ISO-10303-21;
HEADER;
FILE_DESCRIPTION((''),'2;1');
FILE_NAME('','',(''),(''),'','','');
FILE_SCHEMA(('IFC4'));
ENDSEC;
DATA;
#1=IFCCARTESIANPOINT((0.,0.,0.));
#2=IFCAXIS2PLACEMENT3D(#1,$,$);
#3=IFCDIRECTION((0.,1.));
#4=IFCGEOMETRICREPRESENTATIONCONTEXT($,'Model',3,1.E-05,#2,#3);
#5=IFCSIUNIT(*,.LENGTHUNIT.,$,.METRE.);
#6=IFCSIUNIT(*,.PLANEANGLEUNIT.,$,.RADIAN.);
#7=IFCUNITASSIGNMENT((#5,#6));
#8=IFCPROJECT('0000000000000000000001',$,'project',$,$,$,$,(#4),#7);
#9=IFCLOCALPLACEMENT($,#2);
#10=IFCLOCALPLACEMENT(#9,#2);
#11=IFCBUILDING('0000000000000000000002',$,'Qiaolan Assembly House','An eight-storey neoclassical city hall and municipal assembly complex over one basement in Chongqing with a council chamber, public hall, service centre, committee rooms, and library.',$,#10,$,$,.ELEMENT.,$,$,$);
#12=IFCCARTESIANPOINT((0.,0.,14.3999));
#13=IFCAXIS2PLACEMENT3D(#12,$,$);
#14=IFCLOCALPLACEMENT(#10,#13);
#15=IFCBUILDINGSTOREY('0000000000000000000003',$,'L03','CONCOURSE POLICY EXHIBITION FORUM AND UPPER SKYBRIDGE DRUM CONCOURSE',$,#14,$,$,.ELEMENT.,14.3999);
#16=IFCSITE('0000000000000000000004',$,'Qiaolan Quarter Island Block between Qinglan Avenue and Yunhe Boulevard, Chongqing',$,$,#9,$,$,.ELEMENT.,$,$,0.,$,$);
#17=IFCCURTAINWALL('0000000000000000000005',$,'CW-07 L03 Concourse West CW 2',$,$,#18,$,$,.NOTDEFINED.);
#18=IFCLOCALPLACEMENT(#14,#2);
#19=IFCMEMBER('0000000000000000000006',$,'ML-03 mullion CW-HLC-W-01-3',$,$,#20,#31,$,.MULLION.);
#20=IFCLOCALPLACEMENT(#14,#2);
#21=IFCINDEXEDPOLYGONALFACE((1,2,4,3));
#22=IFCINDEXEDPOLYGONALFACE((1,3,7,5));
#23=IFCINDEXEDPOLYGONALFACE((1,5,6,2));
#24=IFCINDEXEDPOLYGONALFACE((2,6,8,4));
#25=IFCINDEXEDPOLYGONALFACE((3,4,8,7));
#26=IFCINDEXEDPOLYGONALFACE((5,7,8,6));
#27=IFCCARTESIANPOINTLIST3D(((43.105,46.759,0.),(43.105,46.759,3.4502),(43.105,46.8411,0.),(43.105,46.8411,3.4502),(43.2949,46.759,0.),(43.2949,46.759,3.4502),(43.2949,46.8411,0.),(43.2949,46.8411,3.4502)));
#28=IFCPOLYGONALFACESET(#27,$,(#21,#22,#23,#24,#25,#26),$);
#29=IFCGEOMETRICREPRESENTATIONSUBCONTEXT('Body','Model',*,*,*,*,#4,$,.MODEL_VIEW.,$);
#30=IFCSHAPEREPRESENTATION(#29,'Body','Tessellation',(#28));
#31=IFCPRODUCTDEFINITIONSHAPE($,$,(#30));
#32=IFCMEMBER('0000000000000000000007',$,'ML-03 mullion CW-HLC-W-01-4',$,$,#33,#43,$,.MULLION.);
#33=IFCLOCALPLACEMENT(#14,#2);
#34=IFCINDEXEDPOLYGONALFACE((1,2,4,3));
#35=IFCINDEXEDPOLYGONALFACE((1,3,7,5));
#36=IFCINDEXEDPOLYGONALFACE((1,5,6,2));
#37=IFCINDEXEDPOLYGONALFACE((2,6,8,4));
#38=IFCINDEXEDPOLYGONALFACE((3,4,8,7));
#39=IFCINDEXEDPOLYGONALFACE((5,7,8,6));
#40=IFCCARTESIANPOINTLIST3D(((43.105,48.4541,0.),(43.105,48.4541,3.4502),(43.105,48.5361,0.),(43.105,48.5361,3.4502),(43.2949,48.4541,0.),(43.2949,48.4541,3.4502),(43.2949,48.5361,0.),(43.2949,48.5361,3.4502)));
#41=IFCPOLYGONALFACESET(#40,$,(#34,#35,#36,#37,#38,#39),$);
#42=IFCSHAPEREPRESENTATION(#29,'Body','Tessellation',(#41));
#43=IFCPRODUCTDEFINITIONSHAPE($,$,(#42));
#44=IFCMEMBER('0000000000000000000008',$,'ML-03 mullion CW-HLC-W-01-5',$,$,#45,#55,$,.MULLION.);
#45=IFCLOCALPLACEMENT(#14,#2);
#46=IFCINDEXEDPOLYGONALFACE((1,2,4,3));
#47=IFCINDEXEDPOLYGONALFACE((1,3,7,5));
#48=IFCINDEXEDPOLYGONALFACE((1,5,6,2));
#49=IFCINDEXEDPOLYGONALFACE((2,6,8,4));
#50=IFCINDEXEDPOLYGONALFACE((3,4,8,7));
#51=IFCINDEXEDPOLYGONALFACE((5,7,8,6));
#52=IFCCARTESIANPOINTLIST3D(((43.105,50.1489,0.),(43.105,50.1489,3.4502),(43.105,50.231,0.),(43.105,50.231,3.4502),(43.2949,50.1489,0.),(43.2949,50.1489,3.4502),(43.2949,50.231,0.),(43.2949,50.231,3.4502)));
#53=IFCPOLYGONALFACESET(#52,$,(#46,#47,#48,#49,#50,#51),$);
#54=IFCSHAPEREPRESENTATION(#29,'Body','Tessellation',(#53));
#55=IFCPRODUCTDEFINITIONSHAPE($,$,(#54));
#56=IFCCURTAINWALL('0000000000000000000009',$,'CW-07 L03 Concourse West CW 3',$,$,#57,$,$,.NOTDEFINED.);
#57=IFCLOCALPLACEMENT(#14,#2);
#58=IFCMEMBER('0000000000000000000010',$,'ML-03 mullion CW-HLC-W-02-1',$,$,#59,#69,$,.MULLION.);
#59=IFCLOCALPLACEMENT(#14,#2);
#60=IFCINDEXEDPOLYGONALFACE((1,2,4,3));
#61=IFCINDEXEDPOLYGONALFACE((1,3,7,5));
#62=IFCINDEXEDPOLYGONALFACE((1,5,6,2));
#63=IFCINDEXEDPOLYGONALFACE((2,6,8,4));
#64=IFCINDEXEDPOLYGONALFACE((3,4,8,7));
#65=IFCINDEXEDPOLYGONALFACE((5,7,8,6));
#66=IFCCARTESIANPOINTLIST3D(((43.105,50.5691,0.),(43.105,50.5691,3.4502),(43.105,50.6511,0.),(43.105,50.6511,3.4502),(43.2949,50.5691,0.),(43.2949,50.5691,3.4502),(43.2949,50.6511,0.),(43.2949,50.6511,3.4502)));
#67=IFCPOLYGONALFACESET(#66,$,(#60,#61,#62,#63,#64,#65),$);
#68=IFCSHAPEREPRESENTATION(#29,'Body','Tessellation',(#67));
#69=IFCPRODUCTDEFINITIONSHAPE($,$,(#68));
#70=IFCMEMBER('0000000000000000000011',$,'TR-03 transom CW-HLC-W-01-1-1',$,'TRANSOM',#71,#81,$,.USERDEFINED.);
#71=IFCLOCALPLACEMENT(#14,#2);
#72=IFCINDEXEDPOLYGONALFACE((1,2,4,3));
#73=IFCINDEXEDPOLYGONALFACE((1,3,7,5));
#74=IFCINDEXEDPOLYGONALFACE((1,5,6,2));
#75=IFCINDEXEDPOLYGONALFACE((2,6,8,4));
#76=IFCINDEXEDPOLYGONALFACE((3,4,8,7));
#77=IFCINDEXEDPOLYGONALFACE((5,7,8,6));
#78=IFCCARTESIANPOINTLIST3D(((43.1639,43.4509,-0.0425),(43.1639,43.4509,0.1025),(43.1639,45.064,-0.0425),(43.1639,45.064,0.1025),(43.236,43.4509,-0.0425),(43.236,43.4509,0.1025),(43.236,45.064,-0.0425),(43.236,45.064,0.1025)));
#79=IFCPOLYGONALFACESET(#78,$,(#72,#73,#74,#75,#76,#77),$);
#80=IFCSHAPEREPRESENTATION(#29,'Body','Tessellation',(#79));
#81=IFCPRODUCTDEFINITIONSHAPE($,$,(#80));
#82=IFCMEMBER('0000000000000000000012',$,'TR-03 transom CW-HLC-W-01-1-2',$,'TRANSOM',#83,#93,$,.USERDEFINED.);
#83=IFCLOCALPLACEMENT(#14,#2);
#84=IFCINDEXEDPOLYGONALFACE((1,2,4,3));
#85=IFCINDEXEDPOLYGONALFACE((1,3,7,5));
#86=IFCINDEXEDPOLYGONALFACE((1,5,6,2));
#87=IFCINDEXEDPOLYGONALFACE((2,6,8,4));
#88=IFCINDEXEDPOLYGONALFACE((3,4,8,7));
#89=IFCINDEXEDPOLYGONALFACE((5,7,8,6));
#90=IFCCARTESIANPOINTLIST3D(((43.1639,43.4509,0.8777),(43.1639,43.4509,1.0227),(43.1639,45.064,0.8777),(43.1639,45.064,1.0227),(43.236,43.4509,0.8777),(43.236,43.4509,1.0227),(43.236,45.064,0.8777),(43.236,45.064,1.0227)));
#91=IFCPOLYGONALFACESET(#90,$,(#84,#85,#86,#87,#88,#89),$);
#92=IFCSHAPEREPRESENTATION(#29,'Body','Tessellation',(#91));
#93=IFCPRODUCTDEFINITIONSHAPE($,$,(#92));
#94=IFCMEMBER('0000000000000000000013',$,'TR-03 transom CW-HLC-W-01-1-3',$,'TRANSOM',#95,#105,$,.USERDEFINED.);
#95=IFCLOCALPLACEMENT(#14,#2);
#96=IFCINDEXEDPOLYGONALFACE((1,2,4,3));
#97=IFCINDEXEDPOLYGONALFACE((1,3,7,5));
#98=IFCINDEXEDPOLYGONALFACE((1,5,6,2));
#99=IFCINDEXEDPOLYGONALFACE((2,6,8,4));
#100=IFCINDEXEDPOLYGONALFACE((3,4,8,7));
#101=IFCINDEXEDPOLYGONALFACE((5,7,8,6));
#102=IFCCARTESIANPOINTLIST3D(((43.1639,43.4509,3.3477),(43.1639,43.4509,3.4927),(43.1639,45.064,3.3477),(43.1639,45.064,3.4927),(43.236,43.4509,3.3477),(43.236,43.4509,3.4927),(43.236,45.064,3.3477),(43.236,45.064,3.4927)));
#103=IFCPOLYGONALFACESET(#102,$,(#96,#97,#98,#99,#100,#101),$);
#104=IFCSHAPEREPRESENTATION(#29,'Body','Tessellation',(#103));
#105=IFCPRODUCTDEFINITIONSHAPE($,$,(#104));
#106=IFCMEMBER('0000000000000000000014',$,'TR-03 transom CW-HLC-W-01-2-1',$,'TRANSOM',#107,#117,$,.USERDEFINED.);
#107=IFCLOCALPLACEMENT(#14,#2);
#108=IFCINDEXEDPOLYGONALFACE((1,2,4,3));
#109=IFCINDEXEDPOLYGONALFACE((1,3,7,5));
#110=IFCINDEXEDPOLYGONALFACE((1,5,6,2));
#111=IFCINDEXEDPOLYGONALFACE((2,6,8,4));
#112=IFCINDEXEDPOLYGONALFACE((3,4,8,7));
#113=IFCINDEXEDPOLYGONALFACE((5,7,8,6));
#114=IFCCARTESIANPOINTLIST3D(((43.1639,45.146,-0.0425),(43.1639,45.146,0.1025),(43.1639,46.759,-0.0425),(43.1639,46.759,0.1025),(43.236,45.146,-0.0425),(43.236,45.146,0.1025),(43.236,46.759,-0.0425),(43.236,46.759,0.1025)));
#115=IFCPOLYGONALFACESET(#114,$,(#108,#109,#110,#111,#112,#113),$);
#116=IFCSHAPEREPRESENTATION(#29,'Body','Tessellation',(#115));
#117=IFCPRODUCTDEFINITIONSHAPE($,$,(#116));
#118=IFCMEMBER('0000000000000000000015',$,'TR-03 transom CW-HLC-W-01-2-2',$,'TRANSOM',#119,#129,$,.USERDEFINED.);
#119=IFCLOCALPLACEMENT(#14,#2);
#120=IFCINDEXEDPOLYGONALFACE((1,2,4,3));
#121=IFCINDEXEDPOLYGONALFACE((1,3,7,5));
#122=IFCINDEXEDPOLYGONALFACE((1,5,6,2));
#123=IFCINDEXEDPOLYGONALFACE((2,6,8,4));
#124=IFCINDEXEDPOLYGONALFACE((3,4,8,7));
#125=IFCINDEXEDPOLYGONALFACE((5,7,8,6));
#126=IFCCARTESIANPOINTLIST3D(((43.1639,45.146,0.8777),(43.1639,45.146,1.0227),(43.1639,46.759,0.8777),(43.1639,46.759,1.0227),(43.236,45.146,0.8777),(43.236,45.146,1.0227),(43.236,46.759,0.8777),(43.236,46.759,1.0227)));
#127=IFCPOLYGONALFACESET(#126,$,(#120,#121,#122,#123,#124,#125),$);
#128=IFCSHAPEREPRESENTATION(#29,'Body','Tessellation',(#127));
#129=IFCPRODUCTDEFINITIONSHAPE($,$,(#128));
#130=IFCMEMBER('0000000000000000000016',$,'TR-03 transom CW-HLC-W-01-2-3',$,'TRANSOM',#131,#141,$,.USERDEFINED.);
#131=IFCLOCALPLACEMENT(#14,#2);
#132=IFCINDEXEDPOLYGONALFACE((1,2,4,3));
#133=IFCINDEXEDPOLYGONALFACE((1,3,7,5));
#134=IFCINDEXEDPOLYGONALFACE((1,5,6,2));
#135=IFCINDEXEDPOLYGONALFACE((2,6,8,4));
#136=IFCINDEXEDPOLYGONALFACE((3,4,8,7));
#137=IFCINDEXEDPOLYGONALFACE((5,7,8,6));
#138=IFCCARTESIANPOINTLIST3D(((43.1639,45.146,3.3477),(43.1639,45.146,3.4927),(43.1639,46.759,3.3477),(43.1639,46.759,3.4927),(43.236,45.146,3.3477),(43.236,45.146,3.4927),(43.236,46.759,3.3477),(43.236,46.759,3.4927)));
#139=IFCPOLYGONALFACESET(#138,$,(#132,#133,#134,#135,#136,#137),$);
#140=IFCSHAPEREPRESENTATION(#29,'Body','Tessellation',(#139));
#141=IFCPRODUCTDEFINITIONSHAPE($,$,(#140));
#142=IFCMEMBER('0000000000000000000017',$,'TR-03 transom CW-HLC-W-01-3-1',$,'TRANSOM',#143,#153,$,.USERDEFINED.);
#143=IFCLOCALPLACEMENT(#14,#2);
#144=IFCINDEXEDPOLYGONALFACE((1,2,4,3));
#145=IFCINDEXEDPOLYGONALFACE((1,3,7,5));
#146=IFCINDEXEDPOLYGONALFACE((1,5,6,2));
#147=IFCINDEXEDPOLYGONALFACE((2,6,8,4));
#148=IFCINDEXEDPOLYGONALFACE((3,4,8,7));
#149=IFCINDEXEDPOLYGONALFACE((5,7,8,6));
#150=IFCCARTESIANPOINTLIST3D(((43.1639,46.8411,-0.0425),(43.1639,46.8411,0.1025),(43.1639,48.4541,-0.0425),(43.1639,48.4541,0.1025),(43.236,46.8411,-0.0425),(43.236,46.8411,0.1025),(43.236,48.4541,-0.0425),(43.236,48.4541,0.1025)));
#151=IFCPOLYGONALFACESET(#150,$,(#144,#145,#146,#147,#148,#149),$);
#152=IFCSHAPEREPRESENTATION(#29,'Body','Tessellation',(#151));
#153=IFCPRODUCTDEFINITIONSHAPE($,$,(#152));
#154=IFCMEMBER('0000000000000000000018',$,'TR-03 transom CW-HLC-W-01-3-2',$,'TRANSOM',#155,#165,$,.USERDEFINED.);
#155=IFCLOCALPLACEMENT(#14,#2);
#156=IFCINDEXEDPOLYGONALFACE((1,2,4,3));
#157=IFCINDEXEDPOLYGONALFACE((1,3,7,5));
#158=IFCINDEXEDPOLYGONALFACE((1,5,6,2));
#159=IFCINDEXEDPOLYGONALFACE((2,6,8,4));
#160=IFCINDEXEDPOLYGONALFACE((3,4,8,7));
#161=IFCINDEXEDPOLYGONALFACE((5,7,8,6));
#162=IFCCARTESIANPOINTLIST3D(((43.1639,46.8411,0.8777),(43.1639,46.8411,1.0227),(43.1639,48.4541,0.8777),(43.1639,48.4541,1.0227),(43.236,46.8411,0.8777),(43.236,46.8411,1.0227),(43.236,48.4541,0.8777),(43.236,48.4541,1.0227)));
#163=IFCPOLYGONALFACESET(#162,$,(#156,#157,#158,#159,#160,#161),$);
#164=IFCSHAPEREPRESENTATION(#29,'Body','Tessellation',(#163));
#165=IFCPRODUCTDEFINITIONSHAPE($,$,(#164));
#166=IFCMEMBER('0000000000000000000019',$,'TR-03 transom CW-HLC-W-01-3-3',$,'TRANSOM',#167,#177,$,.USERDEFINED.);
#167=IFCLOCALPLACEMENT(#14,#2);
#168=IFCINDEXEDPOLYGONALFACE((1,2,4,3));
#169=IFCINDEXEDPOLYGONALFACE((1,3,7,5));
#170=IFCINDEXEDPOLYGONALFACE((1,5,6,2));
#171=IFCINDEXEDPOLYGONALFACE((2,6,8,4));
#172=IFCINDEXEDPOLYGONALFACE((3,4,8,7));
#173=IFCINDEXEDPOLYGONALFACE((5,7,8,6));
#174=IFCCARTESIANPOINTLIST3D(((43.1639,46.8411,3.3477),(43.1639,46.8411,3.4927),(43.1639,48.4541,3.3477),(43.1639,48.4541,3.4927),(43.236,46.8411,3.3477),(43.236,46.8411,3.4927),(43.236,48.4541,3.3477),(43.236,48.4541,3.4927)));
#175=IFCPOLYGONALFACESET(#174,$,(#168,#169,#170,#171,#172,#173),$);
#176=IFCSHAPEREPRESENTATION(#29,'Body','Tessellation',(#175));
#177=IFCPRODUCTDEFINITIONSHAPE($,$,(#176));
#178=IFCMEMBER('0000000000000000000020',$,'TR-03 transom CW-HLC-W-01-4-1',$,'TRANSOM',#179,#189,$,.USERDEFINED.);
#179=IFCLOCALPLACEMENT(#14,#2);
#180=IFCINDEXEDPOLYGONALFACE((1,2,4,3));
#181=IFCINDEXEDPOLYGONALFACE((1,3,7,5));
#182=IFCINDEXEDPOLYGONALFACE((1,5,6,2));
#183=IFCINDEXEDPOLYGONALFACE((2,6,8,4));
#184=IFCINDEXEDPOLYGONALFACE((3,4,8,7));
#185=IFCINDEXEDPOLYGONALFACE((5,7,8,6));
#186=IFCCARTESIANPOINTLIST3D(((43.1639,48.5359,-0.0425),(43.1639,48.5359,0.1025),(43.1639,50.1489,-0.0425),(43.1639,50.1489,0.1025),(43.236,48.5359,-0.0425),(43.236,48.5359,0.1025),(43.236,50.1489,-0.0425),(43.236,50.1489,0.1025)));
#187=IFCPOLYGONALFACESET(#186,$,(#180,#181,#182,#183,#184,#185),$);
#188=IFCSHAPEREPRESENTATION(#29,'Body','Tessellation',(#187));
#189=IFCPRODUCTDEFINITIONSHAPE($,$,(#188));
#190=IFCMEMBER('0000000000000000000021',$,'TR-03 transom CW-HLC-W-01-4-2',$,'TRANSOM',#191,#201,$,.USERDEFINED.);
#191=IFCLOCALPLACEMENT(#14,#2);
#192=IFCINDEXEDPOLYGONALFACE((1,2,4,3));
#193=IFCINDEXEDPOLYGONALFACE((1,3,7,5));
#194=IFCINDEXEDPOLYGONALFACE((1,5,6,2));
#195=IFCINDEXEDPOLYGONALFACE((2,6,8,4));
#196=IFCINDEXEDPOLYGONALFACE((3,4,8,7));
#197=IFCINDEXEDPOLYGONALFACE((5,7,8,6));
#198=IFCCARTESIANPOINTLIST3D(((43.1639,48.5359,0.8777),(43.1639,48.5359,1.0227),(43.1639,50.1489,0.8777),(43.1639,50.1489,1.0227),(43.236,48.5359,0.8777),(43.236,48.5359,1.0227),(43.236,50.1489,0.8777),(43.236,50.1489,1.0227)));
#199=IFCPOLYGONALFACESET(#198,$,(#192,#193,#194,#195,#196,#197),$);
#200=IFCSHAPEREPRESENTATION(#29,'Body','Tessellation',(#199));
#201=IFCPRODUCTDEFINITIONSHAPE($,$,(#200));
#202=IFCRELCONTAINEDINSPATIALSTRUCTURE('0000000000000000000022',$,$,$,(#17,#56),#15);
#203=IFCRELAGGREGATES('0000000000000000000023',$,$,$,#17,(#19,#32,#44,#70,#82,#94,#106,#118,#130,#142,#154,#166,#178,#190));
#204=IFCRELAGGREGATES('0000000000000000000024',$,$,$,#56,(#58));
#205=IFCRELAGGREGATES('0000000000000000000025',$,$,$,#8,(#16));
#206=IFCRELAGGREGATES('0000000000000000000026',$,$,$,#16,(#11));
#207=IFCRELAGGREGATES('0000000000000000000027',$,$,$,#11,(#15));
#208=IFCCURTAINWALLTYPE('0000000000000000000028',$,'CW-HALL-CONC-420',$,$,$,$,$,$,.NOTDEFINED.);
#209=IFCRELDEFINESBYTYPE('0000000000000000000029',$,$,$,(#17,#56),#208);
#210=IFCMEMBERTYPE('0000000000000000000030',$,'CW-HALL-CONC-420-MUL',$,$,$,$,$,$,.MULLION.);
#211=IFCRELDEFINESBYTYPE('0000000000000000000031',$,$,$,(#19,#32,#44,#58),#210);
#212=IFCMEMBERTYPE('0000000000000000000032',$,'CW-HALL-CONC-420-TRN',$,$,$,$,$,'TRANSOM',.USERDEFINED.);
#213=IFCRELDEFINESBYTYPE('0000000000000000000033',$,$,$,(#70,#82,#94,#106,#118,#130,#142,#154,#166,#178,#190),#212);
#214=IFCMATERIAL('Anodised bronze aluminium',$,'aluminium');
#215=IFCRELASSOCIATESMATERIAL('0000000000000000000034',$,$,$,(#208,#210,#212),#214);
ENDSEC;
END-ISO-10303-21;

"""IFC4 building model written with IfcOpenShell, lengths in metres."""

from ifc_helpers import new_model, si_unit, direction, frame, origin, origin_2d, place, context, subcontext, project, spatial, rectangle, extrude, material, material_profile, profile_set, type_object, element, aggregate, save


model = new_model("IFC4")

# Units and contexts
model_context = context("Model", 3, precision=1e-05, world=origin(), true_north=direction((0.0, 1.0)))
body_context = subcontext(model_context, "Body", "Model", "MODEL_VIEW")
ifc_project = project(units=[si_unit("LENGTHUNIT", "METRE"), si_unit("PLANEANGLEUNIT", "RADIAN")], contexts=[model_context])

# Site, building, storey
site_placement = place(None, origin())
site = spatial("IfcSite", under=ifc_project, at=site_placement, Name="Qiaolan Quarter Island Block between Qinglan Avenue and Yunhe Boulevard, Chongqing", CompositionType="ELEMENT", RefElevation=0.0)
building_placement = place(site_placement, origin())
building = spatial("IfcBuilding", under=site, at=building_placement, Name="Qiaolan Assembly House", Description="An eight-storey neoclassical city hall and municipal assembly complex over one basement in Chongqing with a council chamber, public hall, service centre, committee rooms, and library.", CompositionType="ELEMENT")
storey_placement = place(building_placement, frame((0.0, 0.0, 14.3999)))
storey = spatial("IfcBuildingStorey", under=building, at=storey_placement, Name="L03", Description="CONCOURSE POLICY EXHIBITION FORUM AND UPPER SKYBRIDGE DRUM CONCOURSE", CompositionType="ELEMENT", Elevation=14.3999)

# Curtain wall, members
ifc_material_1 = material(Name="Anodised bronze aluminium", Category="aluminium")
curtain_wall_type = type_object("IfcCurtainWallType", Name="CW-HALL-CONC-420", PredefinedType="NOTDEFINED", material=ifc_material_1)
curtain_wall_1_placement = place(storey_placement, origin())
curtain_wall_1 = element("IfcCurtainWall", 1, at=curtain_wall_1_placement, inside=storey, type_object=curtain_wall_type, Name="CW-07 L03 Concourse West CW 2", PredefinedType="NOTDEFINED")
ifc_material_profile_1 = material_profile(ifc_material_1, rectangle(XDim=0.082, YDim=0.1899, at=origin_2d()), Name="MUL 82x190")
ifc_profile_set_1 = profile_set([ifc_material_profile_1], Name="Anodised bronze aluminium")
member_type_1 = type_object("IfcMemberType", Name="CW-HALL-CONC-420-MUL", PredefinedType="MULLION", material=ifc_profile_set_1)
member_1_placement = place(storey_placement, frame((43.2, 46.8, 0.0), z_axis=(0.0, 0.0, 1.0), x_axis=(0.0, 1.0, 0.0)))
member_1 = element("IfcMember", 2, at=member_1_placement, type_object=member_type_1, Name="ML-03 mullion CW-HLC-W-01-3", PredefinedType="MULLION", context=body_context, shape_type="SweptSolid", body=[
    extrude(rectangle(XDim=0.082, YDim=0.1899, at=origin_2d()), origin(), (0.0, 0.0, 1.0), 3.4502),
])
member_2_placement = place(storey_placement, frame((43.2, 48.4951, 0.0), z_axis=(0.0, 0.0, 1.0), x_axis=(0.0, 1.0, 0.0)))
member_2 = element("IfcMember", 3, at=member_2_placement, type_object=member_type_1, Name="ML-03 mullion CW-HLC-W-01-4", PredefinedType="MULLION", context=body_context, shape_type="SweptSolid", body=[
    extrude(rectangle(XDim=0.082, YDim=0.1899, at=origin_2d()), origin(), (0.0, 0.0, 1.0), 3.4502),
])
member_3_placement = place(storey_placement, frame((43.2, 50.1899, 0.0), z_axis=(0.0, 0.0, 1.0), x_axis=(0.0, 1.0, 0.0)))
member_3 = element("IfcMember", 4, at=member_3_placement, type_object=member_type_1, Name="ML-03 mullion CW-HLC-W-01-5", PredefinedType="MULLION", context=body_context, shape_type="SweptSolid", body=[
    extrude(rectangle(XDim=0.082, YDim=0.1899, at=origin_2d()), origin(), (0.0, 0.0, 1.0), 3.4502),
])

# Curtain wall, member
curtain_wall_2_placement = place(storey_placement, origin())
curtain_wall_2 = element("IfcCurtainWall", 5, at=curtain_wall_2_placement, inside=storey, type_object=curtain_wall_type, Name="CW-07 L03 Concourse West CW 3", PredefinedType="NOTDEFINED")
member_4_placement = place(storey_placement, frame((43.2, 50.6101, 0.0), z_axis=(0.0, 0.0, 1.0), x_axis=(0.0, 1.0, 0.0)))
member_4 = element("IfcMember", 6, at=member_4_placement, type_object=member_type_1, Name="ML-03 mullion CW-HLC-W-02-1", PredefinedType="MULLION", context=body_context, shape_type="SweptSolid", body=[
    extrude(rectangle(XDim=0.082, YDim=0.1899, at=origin_2d()), origin(), (0.0, 0.0, 1.0), 3.4502),
])

# Members
ifc_material_profile_2 = material_profile(ifc_material_1, rectangle(XDim=0.072, YDim=0.145, at=origin_2d()), Name="TRN 72x145")
ifc_profile_set_2 = profile_set([ifc_material_profile_2], Name="Anodised bronze aluminium")
member_type_2 = type_object("IfcMemberType", Name="CW-HALL-CONC-420-TRN", ElementType="TRANSOM", PredefinedType="USERDEFINED", material=ifc_profile_set_2)
member_5_placement = place(storey_placement, frame((43.2, 43.4509, 0.03), z_axis=(0.0, 1.0, 0.0), x_axis=(-1.0, 0.0, 0.0)))
member_5 = element("IfcMember", 7, at=member_5_placement, type_object=member_type_2, Name="TR-03 transom CW-HLC-W-01-1-1", ObjectType="TRANSOM", PredefinedType="USERDEFINED", context=body_context, shape_type="SweptSolid", body=[
    extrude(rectangle(XDim=0.072, YDim=0.145, at=origin_2d()), origin(), (0.0, 0.0, 1.0), 1.613),
])
member_6_placement = place(storey_placement, frame((43.2, 43.4509, 0.9502), z_axis=(0.0, 1.0, 0.0), x_axis=(-1.0, 0.0, 0.0)))
member_6 = element("IfcMember", 8, at=member_6_placement, type_object=member_type_2, Name="TR-03 transom CW-HLC-W-01-1-2", ObjectType="TRANSOM", PredefinedType="USERDEFINED", context=body_context, shape_type="SweptSolid", body=[
    extrude(rectangle(XDim=0.072, YDim=0.145, at=origin_2d()), origin(), (0.0, 0.0, 1.0), 1.613),
])
member_7_placement = place(storey_placement, frame((43.2, 43.4509, 3.4202), z_axis=(0.0, 1.0, 0.0), x_axis=(-1.0, 0.0, 0.0)))
member_7 = element("IfcMember", 9, at=member_7_placement, type_object=member_type_2, Name="TR-03 transom CW-HLC-W-01-1-3", ObjectType="TRANSOM", PredefinedType="USERDEFINED", context=body_context, shape_type="SweptSolid", body=[
    extrude(rectangle(XDim=0.072, YDim=0.145, at=origin_2d()), origin(), (0.0, 0.0, 1.0), 1.613),
])
member_8_placement = place(storey_placement, frame((43.2, 45.146, 0.03), z_axis=(0.0, 1.0, 0.0), x_axis=(-1.0, 0.0, 0.0)))
member_8 = element("IfcMember", 10, at=member_8_placement, type_object=member_type_2, Name="TR-03 transom CW-HLC-W-01-2-1", ObjectType="TRANSOM", PredefinedType="USERDEFINED", context=body_context, shape_type="SweptSolid", body=[
    extrude(rectangle(XDim=0.072, YDim=0.145, at=origin_2d()), origin(), (0.0, 0.0, 1.0), 1.613),
])
member_9_placement = place(storey_placement, frame((43.2, 45.146, 0.9502), z_axis=(0.0, 1.0, 0.0), x_axis=(-1.0, 0.0, 0.0)))
member_9 = element("IfcMember", 11, at=member_9_placement, type_object=member_type_2, Name="TR-03 transom CW-HLC-W-01-2-2", ObjectType="TRANSOM", PredefinedType="USERDEFINED", context=body_context, shape_type="SweptSolid", body=[
    extrude(rectangle(XDim=0.072, YDim=0.145, at=origin_2d()), origin(), (0.0, 0.0, 1.0), 1.613),
])
member_10_placement = place(storey_placement, frame((43.2, 45.146, 3.4202), z_axis=(0.0, 1.0, 0.0), x_axis=(-1.0, 0.0, 0.0)))
member_10 = element("IfcMember", 12, at=member_10_placement, type_object=member_type_2, Name="TR-03 transom CW-HLC-W-01-2-3", ObjectType="TRANSOM", PredefinedType="USERDEFINED", context=body_context, shape_type="SweptSolid", body=[
    extrude(rectangle(XDim=0.072, YDim=0.145, at=origin_2d()), origin(), (0.0, 0.0, 1.0), 1.613),
])
member_11_placement = place(storey_placement, frame((43.2, 46.8411, 0.03), z_axis=(0.0, 1.0, 0.0), x_axis=(-1.0, 0.0, 0.0)))
member_11 = element("IfcMember", 13, at=member_11_placement, type_object=member_type_2, Name="TR-03 transom CW-HLC-W-01-3-1", ObjectType="TRANSOM", PredefinedType="USERDEFINED", context=body_context, shape_type="SweptSolid", body=[
    extrude(rectangle(XDim=0.072, YDim=0.145, at=origin_2d()), origin(), (0.0, 0.0, 1.0), 1.613),
])
member_12_placement = place(storey_placement, frame((43.2, 46.8411, 0.9502), z_axis=(0.0, 1.0, 0.0), x_axis=(-1.0, 0.0, 0.0)))
member_12 = element("IfcMember", 14, at=member_12_placement, type_object=member_type_2, Name="TR-03 transom CW-HLC-W-01-3-2", ObjectType="TRANSOM", PredefinedType="USERDEFINED", context=body_context, shape_type="SweptSolid", body=[
    extrude(rectangle(XDim=0.072, YDim=0.145, at=origin_2d()), origin(), (0.0, 0.0, 1.0), 1.613),
])
member_13_placement = place(storey_placement, frame((43.2, 46.8411, 3.4202), z_axis=(0.0, 1.0, 0.0), x_axis=(-1.0, 0.0, 0.0)))
member_13 = element("IfcMember", 15, at=member_13_placement, type_object=member_type_2, Name="TR-03 transom CW-HLC-W-01-3-3", ObjectType="TRANSOM", PredefinedType="USERDEFINED", context=body_context, shape_type="SweptSolid", body=[
    extrude(rectangle(XDim=0.072, YDim=0.145, at=origin_2d()), origin(), (0.0, 0.0, 1.0), 1.613),
])
member_14_placement = place(storey_placement, frame((43.2, 48.5359, 0.03), z_axis=(0.0, 1.0, 0.0), x_axis=(-1.0, 0.0, 0.0)))
member_14 = element("IfcMember", 16, at=member_14_placement, type_object=member_type_2, Name="TR-03 transom CW-HLC-W-01-4-1", ObjectType="TRANSOM", PredefinedType="USERDEFINED", context=body_context, shape_type="SweptSolid", body=[
    extrude(rectangle(XDim=0.072, YDim=0.145, at=origin_2d()), origin(), (0.0, 0.0, 1.0), 1.613),
])
member_15_placement = place(storey_placement, frame((43.2, 48.5359, 0.9502), z_axis=(0.0, 1.0, 0.0), x_axis=(-1.0, 0.0, 0.0)))
member_15 = element("IfcMember", 17, at=member_15_placement, type_object=member_type_2, Name="TR-03 transom CW-HLC-W-01-4-2", ObjectType="TRANSOM", PredefinedType="USERDEFINED", context=body_context, shape_type="SweptSolid", body=[
    extrude(rectangle(XDim=0.072, YDim=0.145, at=origin_2d()), origin(), (0.0, 0.0, 1.0), 1.613),
])

aggregate(curtain_wall_1, [member_1, member_2, member_3, member_5, member_6, member_7, member_8, member_9, member_10, member_11, member_12, member_13, member_14, member_15])
aggregate(curtain_wall_2, [member_4])

save(model, "model.ifc")
